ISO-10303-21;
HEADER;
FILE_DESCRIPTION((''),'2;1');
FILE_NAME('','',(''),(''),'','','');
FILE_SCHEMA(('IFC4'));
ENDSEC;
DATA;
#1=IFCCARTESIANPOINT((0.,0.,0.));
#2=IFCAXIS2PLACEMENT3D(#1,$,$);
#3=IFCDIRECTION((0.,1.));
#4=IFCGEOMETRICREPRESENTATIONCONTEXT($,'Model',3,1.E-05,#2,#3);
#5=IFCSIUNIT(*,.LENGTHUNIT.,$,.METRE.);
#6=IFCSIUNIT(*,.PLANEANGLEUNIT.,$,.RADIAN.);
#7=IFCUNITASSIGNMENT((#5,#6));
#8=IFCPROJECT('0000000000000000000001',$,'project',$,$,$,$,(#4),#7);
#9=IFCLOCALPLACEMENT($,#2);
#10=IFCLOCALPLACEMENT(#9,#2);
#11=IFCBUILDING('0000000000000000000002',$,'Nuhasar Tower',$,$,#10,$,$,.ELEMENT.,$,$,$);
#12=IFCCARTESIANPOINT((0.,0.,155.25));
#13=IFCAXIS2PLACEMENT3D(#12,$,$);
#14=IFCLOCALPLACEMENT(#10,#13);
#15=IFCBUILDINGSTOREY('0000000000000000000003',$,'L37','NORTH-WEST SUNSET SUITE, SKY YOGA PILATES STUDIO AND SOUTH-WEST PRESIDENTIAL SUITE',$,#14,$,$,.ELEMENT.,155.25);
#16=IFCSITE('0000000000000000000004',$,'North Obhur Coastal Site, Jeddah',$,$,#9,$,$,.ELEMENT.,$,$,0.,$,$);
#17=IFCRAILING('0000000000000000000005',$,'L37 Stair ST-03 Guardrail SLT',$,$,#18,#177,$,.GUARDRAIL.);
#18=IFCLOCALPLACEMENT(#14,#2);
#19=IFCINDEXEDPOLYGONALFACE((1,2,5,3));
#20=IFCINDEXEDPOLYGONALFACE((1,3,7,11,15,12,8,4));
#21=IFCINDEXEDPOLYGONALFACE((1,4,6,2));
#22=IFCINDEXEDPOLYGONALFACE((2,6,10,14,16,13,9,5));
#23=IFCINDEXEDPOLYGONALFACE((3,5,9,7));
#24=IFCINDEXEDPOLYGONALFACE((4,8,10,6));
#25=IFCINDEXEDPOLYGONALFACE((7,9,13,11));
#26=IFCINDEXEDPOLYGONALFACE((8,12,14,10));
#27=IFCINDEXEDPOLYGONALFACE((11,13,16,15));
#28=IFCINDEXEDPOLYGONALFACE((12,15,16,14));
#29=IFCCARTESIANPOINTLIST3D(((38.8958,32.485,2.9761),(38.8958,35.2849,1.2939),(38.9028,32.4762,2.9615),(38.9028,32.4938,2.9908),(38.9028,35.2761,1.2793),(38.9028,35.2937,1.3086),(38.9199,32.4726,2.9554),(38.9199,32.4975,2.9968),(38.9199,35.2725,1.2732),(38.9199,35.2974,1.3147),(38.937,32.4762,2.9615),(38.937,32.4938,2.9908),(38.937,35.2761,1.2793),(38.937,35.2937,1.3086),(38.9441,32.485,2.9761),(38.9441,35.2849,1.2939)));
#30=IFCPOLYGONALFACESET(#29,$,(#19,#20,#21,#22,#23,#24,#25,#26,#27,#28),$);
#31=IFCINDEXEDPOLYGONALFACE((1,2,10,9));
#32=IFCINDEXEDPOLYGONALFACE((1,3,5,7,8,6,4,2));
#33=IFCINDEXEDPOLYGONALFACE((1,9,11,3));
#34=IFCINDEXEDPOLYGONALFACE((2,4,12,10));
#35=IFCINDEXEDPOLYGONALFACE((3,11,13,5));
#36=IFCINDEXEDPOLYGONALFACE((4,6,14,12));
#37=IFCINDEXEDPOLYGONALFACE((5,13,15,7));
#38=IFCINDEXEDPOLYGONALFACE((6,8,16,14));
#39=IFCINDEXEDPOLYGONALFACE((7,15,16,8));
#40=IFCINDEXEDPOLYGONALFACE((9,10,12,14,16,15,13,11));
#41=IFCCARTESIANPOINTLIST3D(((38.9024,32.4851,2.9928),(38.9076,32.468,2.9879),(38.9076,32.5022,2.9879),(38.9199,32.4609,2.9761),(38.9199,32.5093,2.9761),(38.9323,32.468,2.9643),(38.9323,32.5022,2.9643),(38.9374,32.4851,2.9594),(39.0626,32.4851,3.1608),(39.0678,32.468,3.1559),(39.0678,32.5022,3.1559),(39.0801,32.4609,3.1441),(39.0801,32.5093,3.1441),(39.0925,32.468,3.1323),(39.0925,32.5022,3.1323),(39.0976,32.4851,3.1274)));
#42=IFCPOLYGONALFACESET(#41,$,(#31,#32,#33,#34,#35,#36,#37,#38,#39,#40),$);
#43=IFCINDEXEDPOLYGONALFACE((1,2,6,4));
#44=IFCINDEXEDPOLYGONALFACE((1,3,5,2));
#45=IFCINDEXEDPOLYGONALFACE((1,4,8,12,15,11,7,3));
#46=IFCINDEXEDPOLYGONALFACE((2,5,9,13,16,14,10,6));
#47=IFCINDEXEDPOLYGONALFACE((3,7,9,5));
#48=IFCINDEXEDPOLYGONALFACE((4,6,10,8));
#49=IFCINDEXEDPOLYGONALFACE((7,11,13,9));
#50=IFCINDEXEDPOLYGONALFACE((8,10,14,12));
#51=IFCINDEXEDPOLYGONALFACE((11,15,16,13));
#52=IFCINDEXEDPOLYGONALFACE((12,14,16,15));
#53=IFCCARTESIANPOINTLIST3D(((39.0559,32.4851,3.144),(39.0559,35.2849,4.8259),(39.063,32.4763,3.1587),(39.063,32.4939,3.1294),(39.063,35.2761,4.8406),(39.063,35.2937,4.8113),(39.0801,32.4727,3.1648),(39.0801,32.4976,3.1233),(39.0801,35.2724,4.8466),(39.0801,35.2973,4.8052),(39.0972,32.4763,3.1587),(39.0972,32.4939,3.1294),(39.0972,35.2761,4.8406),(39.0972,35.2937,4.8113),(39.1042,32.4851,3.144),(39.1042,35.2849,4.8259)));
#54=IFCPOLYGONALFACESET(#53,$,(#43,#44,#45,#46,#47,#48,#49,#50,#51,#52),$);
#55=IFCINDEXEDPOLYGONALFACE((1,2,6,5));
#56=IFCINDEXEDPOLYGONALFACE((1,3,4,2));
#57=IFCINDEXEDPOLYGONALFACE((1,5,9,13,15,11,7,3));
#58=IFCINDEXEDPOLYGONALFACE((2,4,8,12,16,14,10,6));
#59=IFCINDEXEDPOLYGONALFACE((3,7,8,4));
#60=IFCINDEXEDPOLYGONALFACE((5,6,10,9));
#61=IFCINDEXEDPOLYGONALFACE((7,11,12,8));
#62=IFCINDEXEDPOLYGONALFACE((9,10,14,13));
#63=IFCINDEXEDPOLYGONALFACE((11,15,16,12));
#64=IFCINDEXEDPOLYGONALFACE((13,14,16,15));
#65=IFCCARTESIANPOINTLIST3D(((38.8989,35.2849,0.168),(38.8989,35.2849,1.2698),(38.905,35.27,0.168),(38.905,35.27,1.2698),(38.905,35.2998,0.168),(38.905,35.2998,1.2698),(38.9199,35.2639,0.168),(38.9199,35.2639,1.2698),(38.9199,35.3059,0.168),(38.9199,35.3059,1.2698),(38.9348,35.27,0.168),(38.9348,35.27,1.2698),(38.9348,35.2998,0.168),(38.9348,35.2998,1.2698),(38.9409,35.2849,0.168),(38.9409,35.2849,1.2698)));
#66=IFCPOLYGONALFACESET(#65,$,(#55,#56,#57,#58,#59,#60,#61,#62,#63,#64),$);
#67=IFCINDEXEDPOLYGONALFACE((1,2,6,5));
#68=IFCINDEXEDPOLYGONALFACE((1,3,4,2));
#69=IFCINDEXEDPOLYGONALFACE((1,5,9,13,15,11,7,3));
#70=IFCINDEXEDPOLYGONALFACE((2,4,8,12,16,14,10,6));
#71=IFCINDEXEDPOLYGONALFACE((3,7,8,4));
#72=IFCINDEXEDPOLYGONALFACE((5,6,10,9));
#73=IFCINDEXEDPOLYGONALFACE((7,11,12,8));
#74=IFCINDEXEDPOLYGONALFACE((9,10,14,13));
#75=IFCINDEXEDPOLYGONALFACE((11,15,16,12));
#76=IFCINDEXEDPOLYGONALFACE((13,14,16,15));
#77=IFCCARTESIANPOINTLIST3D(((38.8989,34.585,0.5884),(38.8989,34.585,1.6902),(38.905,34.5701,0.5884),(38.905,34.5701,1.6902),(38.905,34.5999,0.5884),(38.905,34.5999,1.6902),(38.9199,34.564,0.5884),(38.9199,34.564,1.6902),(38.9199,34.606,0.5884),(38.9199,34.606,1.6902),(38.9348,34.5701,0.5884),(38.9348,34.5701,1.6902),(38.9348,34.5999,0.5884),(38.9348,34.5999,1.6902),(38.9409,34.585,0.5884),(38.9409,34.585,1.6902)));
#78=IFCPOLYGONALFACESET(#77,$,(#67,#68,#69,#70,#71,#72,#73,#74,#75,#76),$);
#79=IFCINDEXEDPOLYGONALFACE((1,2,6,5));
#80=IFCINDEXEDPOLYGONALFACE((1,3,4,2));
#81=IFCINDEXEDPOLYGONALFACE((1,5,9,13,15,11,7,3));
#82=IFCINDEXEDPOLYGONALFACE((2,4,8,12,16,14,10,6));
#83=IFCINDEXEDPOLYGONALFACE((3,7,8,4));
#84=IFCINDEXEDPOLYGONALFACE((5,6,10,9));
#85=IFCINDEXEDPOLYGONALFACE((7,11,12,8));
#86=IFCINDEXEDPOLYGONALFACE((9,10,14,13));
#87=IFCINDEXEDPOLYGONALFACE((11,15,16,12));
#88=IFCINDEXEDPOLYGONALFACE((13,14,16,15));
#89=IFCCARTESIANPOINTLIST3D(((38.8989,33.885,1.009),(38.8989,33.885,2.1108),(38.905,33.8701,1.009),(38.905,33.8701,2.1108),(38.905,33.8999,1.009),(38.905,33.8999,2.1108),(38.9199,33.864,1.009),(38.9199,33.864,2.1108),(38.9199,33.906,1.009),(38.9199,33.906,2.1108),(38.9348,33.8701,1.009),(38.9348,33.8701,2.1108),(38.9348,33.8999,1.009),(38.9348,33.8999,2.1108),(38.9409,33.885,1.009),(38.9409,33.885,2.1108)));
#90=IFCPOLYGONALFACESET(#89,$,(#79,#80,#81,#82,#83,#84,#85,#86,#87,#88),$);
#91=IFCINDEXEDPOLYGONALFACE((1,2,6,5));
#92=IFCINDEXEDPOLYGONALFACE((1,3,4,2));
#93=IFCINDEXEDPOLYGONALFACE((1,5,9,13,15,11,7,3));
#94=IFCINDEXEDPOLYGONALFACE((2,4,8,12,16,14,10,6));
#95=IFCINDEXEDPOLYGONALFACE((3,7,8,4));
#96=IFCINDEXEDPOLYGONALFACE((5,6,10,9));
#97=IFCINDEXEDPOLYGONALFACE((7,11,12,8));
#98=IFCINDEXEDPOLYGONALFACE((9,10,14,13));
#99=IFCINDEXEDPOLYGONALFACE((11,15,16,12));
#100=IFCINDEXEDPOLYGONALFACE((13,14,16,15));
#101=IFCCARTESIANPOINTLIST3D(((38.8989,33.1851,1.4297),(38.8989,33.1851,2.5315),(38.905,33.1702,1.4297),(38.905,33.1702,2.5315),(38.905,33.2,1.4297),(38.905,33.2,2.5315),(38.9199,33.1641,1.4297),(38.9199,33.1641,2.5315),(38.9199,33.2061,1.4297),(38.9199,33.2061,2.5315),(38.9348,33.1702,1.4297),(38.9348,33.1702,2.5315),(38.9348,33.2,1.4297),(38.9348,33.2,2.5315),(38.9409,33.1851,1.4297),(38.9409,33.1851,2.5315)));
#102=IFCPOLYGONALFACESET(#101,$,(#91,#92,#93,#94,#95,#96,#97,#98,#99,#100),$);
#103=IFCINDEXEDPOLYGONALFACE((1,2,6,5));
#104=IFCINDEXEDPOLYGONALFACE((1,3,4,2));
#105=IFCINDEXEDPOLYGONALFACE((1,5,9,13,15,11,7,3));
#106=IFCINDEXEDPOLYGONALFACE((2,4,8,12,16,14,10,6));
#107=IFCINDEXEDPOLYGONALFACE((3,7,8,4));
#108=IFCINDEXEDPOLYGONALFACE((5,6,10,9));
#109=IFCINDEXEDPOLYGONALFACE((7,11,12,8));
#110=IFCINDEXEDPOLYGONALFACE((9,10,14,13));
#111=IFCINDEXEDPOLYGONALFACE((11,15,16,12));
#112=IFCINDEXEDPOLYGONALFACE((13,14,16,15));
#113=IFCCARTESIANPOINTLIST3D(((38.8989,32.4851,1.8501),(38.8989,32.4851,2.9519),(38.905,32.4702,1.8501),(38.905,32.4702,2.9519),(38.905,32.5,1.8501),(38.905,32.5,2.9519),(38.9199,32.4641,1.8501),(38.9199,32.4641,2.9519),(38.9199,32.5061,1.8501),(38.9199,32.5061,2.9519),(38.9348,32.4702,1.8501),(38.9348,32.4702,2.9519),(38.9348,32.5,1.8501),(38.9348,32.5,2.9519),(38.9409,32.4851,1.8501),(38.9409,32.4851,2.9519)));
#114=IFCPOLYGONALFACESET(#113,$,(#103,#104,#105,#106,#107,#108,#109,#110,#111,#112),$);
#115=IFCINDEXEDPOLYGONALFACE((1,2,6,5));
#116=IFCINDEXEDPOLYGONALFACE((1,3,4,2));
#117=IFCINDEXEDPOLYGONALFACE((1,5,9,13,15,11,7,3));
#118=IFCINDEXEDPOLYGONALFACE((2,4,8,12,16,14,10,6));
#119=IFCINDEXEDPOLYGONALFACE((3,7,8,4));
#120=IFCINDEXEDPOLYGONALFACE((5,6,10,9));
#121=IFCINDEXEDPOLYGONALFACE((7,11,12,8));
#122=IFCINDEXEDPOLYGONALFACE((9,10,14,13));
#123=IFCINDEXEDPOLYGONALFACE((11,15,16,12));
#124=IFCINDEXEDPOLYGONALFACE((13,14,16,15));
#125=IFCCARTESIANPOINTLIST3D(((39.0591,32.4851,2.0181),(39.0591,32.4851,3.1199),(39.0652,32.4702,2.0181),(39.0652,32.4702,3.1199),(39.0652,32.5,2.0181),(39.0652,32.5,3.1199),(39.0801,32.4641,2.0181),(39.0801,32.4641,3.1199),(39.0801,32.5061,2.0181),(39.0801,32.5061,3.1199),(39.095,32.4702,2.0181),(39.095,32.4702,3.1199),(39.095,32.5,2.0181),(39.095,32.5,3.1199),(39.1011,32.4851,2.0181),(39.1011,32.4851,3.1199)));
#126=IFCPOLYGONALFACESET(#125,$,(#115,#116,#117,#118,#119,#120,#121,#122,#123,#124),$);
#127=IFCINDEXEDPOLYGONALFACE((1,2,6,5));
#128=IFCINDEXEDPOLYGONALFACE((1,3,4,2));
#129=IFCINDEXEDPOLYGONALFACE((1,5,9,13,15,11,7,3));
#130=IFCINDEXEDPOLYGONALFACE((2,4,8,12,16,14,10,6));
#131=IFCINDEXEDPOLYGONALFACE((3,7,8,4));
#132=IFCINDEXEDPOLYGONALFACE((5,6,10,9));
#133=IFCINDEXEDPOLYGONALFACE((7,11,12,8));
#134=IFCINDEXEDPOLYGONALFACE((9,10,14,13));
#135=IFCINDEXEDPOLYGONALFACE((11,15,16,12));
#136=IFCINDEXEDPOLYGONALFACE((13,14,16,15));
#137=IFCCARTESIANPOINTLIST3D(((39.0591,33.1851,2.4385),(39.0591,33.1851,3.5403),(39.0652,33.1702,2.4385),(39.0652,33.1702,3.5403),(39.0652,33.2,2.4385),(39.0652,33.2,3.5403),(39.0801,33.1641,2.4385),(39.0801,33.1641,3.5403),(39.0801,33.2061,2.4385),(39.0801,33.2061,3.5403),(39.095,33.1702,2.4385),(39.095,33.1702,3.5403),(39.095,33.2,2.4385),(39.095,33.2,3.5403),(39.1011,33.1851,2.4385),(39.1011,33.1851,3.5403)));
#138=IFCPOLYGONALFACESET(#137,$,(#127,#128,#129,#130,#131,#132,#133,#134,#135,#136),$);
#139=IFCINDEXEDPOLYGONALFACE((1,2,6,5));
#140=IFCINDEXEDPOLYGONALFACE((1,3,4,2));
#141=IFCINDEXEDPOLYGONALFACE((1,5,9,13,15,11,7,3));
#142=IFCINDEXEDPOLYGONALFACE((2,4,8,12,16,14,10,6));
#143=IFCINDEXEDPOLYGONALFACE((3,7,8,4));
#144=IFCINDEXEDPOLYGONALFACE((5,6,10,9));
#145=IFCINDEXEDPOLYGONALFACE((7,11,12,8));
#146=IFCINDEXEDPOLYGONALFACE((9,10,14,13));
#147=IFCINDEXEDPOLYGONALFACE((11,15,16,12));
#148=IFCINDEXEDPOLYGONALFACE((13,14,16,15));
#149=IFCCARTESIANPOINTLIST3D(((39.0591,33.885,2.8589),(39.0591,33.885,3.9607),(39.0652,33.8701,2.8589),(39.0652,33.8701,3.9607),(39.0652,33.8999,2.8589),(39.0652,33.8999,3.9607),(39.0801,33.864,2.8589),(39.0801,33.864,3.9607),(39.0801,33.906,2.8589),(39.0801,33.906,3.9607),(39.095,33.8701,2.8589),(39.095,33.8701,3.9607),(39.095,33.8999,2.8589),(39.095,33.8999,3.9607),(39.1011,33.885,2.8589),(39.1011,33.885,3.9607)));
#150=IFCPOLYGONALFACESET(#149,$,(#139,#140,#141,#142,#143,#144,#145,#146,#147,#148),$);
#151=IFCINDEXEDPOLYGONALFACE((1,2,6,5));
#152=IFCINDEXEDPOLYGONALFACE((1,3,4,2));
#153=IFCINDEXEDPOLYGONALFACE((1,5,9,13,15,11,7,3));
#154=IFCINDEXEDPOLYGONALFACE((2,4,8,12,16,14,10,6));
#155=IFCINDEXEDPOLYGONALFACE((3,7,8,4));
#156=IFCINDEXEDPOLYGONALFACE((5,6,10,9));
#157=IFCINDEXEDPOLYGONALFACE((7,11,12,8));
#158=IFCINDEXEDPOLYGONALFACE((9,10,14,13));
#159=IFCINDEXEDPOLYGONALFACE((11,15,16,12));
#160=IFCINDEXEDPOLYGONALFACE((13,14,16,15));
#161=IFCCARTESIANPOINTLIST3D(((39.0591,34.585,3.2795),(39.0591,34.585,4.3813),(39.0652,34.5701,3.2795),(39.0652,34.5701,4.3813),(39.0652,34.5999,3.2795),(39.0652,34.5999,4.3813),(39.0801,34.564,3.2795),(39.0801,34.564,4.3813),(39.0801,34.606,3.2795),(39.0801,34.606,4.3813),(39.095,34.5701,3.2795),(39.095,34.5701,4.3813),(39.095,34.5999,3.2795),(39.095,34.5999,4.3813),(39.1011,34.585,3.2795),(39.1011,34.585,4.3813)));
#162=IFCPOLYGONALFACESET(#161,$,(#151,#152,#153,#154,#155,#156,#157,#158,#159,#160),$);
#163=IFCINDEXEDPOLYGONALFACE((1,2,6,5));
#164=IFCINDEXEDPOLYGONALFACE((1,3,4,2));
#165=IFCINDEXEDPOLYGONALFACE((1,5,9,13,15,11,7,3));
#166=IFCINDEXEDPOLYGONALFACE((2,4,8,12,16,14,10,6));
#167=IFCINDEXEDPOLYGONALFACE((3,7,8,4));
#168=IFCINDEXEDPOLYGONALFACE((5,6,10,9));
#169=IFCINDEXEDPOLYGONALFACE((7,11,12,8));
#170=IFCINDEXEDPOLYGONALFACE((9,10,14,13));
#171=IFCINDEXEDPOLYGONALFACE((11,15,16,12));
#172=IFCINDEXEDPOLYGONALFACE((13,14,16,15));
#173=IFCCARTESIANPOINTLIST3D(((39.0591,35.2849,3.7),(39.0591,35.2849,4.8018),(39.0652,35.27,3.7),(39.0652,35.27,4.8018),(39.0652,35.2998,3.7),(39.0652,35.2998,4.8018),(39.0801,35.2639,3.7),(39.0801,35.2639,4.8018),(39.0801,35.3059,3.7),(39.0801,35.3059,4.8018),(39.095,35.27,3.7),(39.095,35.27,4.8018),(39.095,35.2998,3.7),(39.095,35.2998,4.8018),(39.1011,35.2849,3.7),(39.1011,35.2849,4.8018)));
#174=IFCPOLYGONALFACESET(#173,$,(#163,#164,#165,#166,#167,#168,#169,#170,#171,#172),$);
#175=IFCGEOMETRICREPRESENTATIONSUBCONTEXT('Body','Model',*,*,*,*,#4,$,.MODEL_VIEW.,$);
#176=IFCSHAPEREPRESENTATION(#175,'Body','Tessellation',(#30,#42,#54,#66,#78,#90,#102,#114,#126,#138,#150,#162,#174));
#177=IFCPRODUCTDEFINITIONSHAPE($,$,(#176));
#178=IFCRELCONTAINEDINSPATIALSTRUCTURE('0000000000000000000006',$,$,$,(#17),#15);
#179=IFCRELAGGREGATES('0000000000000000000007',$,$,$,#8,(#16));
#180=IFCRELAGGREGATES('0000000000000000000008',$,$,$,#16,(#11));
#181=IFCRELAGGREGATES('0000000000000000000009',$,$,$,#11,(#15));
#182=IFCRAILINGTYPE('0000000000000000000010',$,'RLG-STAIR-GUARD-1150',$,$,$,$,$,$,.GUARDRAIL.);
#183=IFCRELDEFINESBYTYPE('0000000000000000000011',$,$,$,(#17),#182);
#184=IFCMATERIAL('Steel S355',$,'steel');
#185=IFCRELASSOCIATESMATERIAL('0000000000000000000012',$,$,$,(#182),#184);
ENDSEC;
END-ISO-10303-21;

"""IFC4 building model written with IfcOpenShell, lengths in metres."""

from ifc_helpers import new_model, si_unit, direction, frame, origin, place, context, subcontext, project, spatial, polyline, outline, extrude, material, type_object, element, save


model = new_model("IFC4")

# Units and contexts
model_context = context("Model", 3, precision=1e-05, world=origin(), true_north=direction((0.0, 1.0)))
body_context = subcontext(model_context, "Body", "Model", "MODEL_VIEW")
ifc_project = project(units=[si_unit("LENGTHUNIT", "METRE"), si_unit("PLANEANGLEUNIT", "RADIAN")], contexts=[model_context])

# Site, building, storey
site_placement = place(None, origin())
site = spatial("IfcSite", under=ifc_project, at=site_placement, Name="North Obhur Coastal Site, Jeddah", CompositionType="ELEMENT", RefElevation=0.0)
building_placement = place(site_placement, origin())
building = spatial("IfcBuilding", under=site, at=building_placement, Name="Nuhasar Tower", CompositionType="ELEMENT")
storey_placement = place(building_placement, frame((0.0, 0.0, 155.25)))
storey = spatial("IfcBuildingStorey", under=building, at=storey_placement, Name="L37", Description="NORTH-WEST SUNSET SUITE, SKY YOGA PILATES STUDIO AND SOUTH-WEST PRESIDENTIAL SUITE", CompositionType="ELEMENT", Elevation=155.25)

# Shared definitions
ifc_material_1 = material(Name="Steel S355", Category="steel")

# Railing
railing_type_1 = type_object("IfcRailingType", Name="RLG-STAIR-GUARD-1150", PredefinedType="GUARDRAIL", material=ifc_material_1)
railing_1_placement = place(storey_placement, frame((38.9199, 35.2849, 0.168)))
element("IfcRailing", 1, at=railing_1_placement, inside=storey, type_object=railing_type_1, Name="L37 Stair ST-03 Guardrail SLT", PredefinedType="GUARDRAIL", context=body_context, shape_type="SweptSolid", body=[
    extrude(outline(polyline([(0.0242, 0.0), (0.0171, 0.0171), (0.0, 0.0242), (-0.0171, 0.0171), (-0.0242, 0.0), (-0.0171, -0.0171), (0.0, -0.0242), (0.0171, -0.0171), (0.0242, 0.0)])), frame((0.0, 0.0, 1.126), z_axis=(0.0, -0.857189, 0.515001), x_axis=(1.0, 0.0, 0.0)), (0.0, 0.0, 1.0), 3.2664),
    extrude(outline(polyline([(0.0242, 0.0), (0.0171, 0.0171), (0.0, 0.0242), (-0.0171, 0.0171), (-0.0242, 0.0), (-0.0171, -0.0171), (0.0, -0.0242), (0.0171, -0.0171), (0.0242, 0.0)])), frame((0.0, -2.7998, 2.8081), z_axis=(0.690075, 0.0, 0.723738), x_axis=(0.0, 1.0, 0.0)), (0.0, 0.0, 1.0), 0.2322),
    extrude(outline(polyline([(0.0242, 0.0), (0.0171, 0.0171), (0.0, 0.0242), (-0.0171, 0.0171), (-0.0242, 0.0), (-0.0171, -0.0171), (0.0, -0.0242), (0.0171, -0.0171), (0.0242, 0.0)])), frame((0.1602, -2.7998, 2.9761), z_axis=(0.0, 0.857222, 0.514946), x_axis=(-1.0, 0.0, 0.0)), (0.0, 0.0, 1.0), 3.2661),
    extrude(outline(polyline([(0.021, 0.0), (0.0149, 0.0149), (0.0, 0.021), (-0.0149, 0.0149), (-0.021, 0.0), (-0.0149, -0.0149), (0.0, -0.021), (0.0149, -0.0149), (0.021, 0.0)])), origin(), (0.0, 0.0, 1.0), 1.1018),
    extrude(outline(polyline([(0.021, 0.0), (0.0149, 0.0149), (0.0, 0.021), (-0.0149, 0.0149), (-0.021, 0.0), (-0.0149, -0.0149), (0.0, -0.021), (0.0149, -0.0149), (0.021, 0.0)])), frame((0.0, -0.7, 0.4204)), (0.0, 0.0, 1.0), 1.1018),
    extrude(outline(polyline([(0.021, 0.0), (0.0149, 0.0149), (0.0, 0.021), (-0.0149, 0.0149), (-0.021, 0.0), (-0.0149, -0.0149), (0.0, -0.021), (0.0149, -0.0149), (0.021, 0.0)])), frame((0.0, -1.3999, 0.8411)), (0.0, 0.0, 1.0), 1.1018),
    extrude(outline(polyline([(0.021, 0.0), (0.0149, 0.0149), (0.0, 0.021), (-0.0149, 0.0149), (-0.021, 0.0), (-0.0149, -0.0149), (0.0, -0.021), (0.0149, -0.0149), (0.021, 0.0)])), frame((0.0, -2.0999, 1.2617)), (0.0, 0.0, 1.0), 1.1018),
    extrude(outline(polyline([(0.021, 0.0), (0.0149, 0.0149), (0.0, 0.021), (-0.0149, 0.0149), (-0.021, 0.0), (-0.0149, -0.0149), (0.0, -0.021), (0.0149, -0.0149), (0.021, 0.0)])), frame((0.0, -2.7998, 1.6821)), (0.0, 0.0, 1.0), 1.1018),
    extrude(outline(polyline([(0.021, 0.0), (0.0149, 0.0149), (0.0, 0.021), (-0.0149, 0.0149), (-0.021, 0.0), (-0.0149, -0.0149), (0.0, -0.021), (0.0149, -0.0149), (0.021, 0.0)])), frame((0.1602, -2.7998, 1.8501)), (0.0, 0.0, 1.0), 1.1018),
    extrude(outline(polyline([(0.021, 0.0), (0.0149, 0.0149), (0.0, 0.021), (-0.0149, 0.0149), (-0.021, 0.0), (-0.0149, -0.0149), (0.0, -0.021), (0.0149, -0.0149), (0.021, 0.0)])), frame((0.1602, -2.0999, 2.2705)), (0.0, 0.0, 1.0), 1.1018),
    extrude(outline(polyline([(0.021, 0.0), (0.0149, 0.0149), (0.0, 0.021), (-0.0149, 0.0149), (-0.021, 0.0), (-0.0149, -0.0149), (0.0, -0.021), (0.0149, -0.0149), (0.021, 0.0)])), frame((0.1602, -1.3999, 2.6909)), (0.0, 0.0, 1.0), 1.1018),
    extrude(outline(polyline([(0.021, 0.0), (0.0149, 0.0149), (0.0, 0.021), (-0.0149, 0.0149), (-0.021, 0.0), (-0.0149, -0.0149), (0.0, -0.021), (0.0149, -0.0149), (0.021, 0.0)])), frame((0.1602, -0.7, 3.1116)), (0.0, 0.0, 1.0), 1.1018),
    extrude(outline(polyline([(0.021, 0.0), (0.0149, 0.0149), (0.0, 0.021), (-0.0149, 0.0149), (-0.021, 0.0), (-0.0149, -0.0149), (0.0, -0.021), (0.0149, -0.0149), (0.021, 0.0)])), frame((0.1602, 0.0, 3.532)), (0.0, 0.0, 1.0), 1.1018),
])

save(model, "model.ifc")
